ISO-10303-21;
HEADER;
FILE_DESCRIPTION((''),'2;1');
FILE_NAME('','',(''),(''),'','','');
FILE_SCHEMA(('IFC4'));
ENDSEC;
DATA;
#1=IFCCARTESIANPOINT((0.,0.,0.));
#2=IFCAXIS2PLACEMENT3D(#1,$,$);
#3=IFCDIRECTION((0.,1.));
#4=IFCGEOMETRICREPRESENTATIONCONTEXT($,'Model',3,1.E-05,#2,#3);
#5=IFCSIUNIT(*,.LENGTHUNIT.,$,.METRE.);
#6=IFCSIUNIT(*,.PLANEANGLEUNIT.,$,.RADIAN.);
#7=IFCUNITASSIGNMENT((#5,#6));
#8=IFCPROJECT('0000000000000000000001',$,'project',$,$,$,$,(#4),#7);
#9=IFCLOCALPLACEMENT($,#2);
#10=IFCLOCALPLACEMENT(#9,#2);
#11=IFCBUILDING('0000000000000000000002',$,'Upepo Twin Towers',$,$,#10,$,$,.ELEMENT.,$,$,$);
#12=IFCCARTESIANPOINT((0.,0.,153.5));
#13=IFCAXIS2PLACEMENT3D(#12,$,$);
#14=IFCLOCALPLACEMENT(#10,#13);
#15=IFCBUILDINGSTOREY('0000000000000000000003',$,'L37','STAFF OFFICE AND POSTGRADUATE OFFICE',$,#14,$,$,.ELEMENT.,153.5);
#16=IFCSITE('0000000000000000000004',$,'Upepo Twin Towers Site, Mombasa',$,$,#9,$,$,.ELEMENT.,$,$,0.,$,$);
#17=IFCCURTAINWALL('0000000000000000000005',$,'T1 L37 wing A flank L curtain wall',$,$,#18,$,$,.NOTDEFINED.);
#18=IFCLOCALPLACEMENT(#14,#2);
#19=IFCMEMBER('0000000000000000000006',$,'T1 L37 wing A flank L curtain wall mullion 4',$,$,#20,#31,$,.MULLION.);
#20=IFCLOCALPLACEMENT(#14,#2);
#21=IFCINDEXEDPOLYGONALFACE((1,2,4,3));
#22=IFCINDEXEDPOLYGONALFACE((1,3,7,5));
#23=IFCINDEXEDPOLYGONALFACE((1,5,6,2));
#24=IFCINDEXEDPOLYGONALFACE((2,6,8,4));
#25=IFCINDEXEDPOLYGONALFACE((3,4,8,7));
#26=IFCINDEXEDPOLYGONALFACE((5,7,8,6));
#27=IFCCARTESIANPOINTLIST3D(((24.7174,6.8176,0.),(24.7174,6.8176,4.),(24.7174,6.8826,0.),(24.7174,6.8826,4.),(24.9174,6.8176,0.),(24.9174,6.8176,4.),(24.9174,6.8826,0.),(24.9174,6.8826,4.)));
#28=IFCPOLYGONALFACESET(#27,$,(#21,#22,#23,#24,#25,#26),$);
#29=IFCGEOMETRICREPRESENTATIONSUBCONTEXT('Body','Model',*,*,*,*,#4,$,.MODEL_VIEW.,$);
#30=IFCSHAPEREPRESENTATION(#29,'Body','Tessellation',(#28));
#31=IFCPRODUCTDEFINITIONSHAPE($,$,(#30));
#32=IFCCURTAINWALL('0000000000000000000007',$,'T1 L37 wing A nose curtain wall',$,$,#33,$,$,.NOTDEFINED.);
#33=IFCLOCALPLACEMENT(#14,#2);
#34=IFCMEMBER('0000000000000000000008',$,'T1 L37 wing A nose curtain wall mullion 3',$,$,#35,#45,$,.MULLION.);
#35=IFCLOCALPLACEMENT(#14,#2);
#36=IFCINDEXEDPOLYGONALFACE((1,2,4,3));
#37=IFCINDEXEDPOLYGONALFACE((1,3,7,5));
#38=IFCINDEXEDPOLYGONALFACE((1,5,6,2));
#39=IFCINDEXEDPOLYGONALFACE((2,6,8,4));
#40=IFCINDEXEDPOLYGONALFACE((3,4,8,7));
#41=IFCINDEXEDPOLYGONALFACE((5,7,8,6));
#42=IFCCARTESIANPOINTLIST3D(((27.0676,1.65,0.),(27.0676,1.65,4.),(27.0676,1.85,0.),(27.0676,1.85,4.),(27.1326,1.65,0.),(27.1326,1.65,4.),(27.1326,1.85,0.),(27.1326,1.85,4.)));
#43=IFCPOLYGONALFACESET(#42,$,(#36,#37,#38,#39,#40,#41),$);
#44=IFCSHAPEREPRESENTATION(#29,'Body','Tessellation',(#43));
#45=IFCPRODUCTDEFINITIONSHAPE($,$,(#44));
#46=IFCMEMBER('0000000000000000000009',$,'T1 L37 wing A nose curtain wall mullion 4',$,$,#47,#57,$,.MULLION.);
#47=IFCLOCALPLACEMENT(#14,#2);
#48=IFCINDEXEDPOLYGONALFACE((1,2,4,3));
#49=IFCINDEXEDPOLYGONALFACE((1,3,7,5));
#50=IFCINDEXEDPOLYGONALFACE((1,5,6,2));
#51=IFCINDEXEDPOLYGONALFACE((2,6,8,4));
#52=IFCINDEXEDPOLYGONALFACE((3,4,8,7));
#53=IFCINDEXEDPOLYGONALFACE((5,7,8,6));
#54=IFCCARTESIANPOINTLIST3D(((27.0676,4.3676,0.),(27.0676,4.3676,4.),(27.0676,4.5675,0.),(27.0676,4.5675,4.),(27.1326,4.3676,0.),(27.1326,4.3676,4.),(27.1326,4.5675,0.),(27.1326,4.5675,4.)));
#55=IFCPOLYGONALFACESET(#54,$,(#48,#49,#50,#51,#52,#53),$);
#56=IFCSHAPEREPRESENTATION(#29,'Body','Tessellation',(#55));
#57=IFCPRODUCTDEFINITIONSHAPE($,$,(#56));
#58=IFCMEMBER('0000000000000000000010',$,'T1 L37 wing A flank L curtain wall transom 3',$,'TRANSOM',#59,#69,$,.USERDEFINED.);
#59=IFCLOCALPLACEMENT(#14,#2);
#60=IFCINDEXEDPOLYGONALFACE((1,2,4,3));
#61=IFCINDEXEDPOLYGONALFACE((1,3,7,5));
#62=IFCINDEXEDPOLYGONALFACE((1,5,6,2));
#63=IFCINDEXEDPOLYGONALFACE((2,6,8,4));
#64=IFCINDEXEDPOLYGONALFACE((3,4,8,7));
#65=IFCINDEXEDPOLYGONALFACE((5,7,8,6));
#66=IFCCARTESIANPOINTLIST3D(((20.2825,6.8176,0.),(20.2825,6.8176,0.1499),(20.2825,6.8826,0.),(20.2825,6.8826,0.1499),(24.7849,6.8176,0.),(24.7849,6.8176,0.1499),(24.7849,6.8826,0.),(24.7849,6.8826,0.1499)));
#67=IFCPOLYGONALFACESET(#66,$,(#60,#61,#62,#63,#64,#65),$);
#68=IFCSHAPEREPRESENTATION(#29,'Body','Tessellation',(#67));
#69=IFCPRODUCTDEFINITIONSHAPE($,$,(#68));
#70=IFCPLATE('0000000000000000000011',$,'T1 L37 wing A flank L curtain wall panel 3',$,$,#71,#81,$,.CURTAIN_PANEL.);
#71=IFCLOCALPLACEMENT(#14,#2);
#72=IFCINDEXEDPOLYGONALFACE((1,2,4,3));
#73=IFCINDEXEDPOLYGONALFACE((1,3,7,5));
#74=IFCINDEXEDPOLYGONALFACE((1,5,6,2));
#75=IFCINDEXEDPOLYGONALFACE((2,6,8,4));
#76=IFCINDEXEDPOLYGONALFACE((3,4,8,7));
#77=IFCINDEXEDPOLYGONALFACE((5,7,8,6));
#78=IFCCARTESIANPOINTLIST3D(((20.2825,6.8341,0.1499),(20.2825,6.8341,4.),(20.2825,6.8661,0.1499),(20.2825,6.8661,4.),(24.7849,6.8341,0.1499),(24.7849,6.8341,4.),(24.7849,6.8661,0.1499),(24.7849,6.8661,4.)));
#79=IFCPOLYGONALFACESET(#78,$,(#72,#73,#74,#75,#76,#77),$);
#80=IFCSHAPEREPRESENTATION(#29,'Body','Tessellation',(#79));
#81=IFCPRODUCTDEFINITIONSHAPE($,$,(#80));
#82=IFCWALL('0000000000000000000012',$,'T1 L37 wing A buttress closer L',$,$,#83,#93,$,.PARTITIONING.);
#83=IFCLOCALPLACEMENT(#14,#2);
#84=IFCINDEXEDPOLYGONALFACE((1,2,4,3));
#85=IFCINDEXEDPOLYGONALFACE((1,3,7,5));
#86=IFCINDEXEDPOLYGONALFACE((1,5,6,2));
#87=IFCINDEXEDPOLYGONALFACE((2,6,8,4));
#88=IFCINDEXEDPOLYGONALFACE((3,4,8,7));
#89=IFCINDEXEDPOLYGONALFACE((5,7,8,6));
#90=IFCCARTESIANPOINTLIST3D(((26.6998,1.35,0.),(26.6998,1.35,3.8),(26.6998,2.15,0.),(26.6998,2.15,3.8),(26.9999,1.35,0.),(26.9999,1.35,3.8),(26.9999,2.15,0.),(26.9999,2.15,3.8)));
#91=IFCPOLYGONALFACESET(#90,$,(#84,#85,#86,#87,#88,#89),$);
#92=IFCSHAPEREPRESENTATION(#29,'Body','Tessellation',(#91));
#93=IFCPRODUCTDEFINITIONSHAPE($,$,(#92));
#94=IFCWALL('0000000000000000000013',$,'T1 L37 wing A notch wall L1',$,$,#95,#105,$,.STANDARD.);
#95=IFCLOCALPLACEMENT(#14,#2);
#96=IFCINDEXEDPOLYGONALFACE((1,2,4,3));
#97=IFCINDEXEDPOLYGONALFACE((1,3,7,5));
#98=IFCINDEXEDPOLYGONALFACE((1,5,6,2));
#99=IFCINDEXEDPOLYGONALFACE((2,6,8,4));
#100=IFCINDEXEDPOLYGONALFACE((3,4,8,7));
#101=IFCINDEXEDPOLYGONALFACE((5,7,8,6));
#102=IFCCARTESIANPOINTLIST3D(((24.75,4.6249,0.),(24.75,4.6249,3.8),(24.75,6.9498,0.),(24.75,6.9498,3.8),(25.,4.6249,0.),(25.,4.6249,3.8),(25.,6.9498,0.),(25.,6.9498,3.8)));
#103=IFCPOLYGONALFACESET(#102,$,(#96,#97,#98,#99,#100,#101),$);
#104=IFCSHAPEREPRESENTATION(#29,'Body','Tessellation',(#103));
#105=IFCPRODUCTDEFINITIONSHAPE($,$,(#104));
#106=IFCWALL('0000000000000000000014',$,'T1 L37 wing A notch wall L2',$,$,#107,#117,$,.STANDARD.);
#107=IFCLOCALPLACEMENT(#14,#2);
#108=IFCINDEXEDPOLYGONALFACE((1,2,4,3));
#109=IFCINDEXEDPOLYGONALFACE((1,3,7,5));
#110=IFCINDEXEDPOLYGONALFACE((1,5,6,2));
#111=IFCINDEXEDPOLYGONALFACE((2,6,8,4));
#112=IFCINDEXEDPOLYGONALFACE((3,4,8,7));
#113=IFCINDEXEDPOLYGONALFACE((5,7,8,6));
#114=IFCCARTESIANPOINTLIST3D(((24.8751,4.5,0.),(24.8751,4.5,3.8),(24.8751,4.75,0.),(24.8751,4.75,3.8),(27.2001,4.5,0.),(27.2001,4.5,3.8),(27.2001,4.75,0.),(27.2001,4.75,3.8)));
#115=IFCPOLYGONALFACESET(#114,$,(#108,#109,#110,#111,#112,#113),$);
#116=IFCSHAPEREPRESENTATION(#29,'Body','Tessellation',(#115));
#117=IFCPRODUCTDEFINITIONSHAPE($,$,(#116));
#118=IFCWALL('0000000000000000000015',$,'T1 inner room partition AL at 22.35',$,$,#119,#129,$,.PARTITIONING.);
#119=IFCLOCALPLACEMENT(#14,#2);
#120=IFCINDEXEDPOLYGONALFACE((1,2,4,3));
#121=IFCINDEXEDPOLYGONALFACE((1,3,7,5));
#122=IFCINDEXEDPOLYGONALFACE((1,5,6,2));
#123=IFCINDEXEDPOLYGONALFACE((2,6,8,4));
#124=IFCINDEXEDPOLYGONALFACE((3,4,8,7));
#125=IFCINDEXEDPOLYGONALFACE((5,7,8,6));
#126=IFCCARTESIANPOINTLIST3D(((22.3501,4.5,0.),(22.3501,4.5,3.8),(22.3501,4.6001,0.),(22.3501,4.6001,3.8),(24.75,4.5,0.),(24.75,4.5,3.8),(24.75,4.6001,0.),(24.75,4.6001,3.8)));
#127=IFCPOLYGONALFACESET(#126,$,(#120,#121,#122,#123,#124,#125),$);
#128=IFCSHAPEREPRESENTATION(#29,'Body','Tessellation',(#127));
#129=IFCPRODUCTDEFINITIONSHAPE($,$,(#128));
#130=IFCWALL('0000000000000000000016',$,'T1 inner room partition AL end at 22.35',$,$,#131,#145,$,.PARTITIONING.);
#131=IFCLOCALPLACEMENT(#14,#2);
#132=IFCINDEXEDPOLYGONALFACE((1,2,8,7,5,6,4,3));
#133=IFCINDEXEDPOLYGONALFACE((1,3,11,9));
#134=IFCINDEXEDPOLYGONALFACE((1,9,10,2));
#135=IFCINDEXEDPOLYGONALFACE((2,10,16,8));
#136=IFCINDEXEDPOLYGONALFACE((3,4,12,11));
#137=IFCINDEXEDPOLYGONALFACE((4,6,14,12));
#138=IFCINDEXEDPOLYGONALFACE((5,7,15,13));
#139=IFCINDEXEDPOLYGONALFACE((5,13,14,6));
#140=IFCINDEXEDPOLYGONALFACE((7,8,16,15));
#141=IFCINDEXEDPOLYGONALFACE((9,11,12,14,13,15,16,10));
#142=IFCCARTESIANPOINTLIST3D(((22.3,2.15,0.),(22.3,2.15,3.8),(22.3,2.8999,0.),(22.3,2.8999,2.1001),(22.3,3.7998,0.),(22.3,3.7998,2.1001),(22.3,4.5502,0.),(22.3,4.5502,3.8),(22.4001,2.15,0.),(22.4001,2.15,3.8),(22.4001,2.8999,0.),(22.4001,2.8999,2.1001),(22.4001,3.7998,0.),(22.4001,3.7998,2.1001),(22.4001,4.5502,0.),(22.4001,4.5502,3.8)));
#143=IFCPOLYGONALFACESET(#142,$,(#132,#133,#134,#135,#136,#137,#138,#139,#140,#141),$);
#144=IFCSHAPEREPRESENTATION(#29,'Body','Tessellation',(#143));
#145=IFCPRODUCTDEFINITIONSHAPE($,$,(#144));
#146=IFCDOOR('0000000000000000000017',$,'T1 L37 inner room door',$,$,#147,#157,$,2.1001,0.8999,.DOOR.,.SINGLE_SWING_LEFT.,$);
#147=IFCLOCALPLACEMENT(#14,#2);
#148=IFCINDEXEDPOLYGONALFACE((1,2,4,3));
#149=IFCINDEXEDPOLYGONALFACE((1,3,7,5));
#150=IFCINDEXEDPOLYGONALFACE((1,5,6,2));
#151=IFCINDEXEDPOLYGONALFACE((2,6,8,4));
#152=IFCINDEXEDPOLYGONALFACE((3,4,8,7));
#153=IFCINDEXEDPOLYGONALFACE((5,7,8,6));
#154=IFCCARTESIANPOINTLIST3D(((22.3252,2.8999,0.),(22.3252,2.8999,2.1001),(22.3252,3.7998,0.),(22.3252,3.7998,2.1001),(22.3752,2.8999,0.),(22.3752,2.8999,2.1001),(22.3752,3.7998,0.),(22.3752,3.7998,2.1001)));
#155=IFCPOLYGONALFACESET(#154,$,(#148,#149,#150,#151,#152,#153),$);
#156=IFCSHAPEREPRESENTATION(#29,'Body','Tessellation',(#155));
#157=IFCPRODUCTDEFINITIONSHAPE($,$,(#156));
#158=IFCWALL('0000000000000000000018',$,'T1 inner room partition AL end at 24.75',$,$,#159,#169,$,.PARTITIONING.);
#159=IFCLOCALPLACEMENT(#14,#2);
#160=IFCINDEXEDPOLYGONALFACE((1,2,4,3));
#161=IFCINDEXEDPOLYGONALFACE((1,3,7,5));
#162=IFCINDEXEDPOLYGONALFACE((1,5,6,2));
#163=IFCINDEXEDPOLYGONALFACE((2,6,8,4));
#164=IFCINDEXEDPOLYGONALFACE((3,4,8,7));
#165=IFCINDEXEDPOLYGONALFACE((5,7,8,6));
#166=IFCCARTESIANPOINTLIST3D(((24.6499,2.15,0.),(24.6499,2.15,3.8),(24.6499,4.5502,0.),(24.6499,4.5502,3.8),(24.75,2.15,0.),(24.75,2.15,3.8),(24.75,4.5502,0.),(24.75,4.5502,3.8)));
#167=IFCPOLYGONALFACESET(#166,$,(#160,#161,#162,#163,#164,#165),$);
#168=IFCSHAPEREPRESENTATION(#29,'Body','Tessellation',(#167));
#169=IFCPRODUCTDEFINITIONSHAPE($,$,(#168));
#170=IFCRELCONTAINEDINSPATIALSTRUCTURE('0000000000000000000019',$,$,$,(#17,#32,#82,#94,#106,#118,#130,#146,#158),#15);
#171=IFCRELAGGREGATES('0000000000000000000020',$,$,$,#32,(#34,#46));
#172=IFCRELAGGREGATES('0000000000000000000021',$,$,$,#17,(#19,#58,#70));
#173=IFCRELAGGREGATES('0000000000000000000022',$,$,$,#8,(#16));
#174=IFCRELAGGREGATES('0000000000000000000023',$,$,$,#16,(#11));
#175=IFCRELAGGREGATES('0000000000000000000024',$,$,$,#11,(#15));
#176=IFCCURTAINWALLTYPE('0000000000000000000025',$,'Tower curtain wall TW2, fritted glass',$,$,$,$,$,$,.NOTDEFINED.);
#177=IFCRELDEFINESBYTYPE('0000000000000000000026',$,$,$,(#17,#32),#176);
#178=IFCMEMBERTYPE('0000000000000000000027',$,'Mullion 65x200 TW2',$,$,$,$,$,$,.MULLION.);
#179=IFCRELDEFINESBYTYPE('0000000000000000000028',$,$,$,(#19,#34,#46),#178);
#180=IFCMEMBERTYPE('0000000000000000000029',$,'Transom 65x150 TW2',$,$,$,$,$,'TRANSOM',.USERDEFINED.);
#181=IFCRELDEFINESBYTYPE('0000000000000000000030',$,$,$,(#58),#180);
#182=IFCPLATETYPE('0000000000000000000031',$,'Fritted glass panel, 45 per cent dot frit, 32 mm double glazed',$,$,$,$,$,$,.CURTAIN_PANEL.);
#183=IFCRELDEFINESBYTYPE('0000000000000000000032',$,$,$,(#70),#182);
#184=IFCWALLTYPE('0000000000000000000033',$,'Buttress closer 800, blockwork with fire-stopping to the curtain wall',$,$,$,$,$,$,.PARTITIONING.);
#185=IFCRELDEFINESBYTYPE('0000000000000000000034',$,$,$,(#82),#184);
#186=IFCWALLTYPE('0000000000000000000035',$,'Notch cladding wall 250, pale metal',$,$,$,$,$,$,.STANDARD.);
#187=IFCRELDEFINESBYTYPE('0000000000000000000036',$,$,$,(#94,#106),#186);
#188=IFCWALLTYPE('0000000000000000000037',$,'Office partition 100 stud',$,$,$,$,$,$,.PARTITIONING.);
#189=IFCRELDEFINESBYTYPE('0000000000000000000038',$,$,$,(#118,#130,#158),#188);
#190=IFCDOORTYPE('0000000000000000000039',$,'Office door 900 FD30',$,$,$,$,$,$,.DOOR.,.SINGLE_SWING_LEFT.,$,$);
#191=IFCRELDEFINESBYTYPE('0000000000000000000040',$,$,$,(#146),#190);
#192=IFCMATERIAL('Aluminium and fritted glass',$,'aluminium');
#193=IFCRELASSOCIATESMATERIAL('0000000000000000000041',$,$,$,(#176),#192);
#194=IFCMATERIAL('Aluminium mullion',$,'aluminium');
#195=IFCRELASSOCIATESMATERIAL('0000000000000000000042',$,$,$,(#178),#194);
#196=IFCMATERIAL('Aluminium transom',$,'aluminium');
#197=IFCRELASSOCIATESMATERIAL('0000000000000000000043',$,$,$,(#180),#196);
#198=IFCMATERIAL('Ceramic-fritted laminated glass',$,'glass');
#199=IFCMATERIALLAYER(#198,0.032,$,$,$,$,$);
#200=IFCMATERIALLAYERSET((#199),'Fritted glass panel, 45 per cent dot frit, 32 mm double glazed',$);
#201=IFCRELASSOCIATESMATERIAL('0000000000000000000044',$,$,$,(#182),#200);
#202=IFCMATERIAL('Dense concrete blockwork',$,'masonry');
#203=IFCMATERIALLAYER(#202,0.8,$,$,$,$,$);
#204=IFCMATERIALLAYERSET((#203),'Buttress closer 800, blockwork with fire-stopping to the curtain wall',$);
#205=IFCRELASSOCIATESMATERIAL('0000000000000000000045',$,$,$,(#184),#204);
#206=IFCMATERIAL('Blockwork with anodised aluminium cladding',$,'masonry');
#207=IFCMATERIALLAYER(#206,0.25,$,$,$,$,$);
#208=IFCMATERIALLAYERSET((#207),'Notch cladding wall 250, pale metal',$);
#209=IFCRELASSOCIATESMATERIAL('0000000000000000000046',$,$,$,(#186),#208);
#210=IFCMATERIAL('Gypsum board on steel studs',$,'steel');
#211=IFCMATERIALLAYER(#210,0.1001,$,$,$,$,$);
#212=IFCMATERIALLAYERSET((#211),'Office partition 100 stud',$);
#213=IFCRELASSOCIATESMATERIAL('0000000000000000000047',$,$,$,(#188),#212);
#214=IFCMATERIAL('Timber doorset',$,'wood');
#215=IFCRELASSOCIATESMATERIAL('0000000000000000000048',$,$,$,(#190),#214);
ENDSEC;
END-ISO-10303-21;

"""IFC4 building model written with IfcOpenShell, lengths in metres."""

from ifc_helpers import new_model, si_unit, direction, frame, frame_2d, origin, origin_2d, place, context, subcontext, project, spatial, rectangle, extrude, material, layer, layer_set, material_profile, profile_set, type_object, element, fill, aggregate, save


model = new_model("IFC4")

# Units and contexts
model_context = context("Model", 3, precision=1e-05, world=origin(), true_north=direction((0.0, 1.0)))
body_context = subcontext(model_context, "Body", "Model", "MODEL_VIEW")
ifc_project = project(units=[si_unit("LENGTHUNIT", "METRE"), si_unit("PLANEANGLEUNIT", "RADIAN")], contexts=[model_context])

# Site, building, storey
site_placement = place(None, origin())
site = spatial("IfcSite", under=ifc_project, at=site_placement, Name="Upepo Twin Towers Site, Mombasa", CompositionType="ELEMENT", RefElevation=0.0)
building_placement = place(site_placement, origin())
building = spatial("IfcBuilding", under=site, at=building_placement, Name="Upepo Twin Towers", CompositionType="ELEMENT")
storey_placement = place(building_placement, frame((0.0, 0.0, 153.5)))
storey = spatial("IfcBuildingStorey", under=building, at=storey_placement, Name="L37", Description="STAFF OFFICE AND POSTGRADUATE OFFICE", CompositionType="ELEMENT", Elevation=153.5)

# Curtain walls, members
ifc_material_1 = material(Name="Aluminium and fritted glass", Category="aluminium")
curtain_wall_type = type_object("IfcCurtainWallType", Name="Tower curtain wall TW2, fritted glass", PredefinedType="NOTDEFINED", material=ifc_material_1)
curtain_wall_1_placement = place(storey_placement, origin())
curtain_wall_1 = element("IfcCurtainWall", 1, at=curtain_wall_1_placement, inside=storey, type_object=curtain_wall_type, Name="T1 L37 wing A flank L curtain wall", PredefinedType="NOTDEFINED")
ifc_material_2 = material(Name="Aluminium mullion", Category="aluminium")
ifc_material_profile_1 = material_profile(ifc_material_2, rectangle(XDim=0.0649, YDim=0.2, at=origin_2d()), Name="MULLION 65x200")
ifc_profile_set_1 = profile_set([ifc_material_profile_1], Name="Aluminium mullion")
member_type_1 = type_object("IfcMemberType", Name="Mullion 65x200 TW2", PredefinedType="MULLION", material=ifc_profile_set_1)
member_1_placement = place(storey_placement, frame((24.8174, 6.8501, 0.0), z_axis=(0.0, 0.0, 1.0), x_axis=(0.0, 1.0, 0.0)))
member_1 = element("IfcMember", 2, at=member_1_placement, type_object=member_type_1, Name="T1 L37 wing A flank L curtain wall mullion 4", PredefinedType="MULLION", context=body_context, shape_type="SweptSolid", body=[
    extrude(rectangle(XDim=0.0649, YDim=0.2, at=origin_2d()), origin(), (0.0, 0.0, 1.0), 4.0),
])
curtain_wall_2_placement = place(storey_placement, origin())
curtain_wall_2 = element("IfcCurtainWall", 3, at=curtain_wall_2_placement, inside=storey, type_object=curtain_wall_type, Name="T1 L37 wing A nose curtain wall", PredefinedType="NOTDEFINED")
member_2_placement = place(storey_placement, frame((27.1001, 1.75, 0.0), z_axis=(0.0, 0.0, 1.0), x_axis=(-1.0, 0.0, 0.0)))
member_2 = element("IfcMember", 4, at=member_2_placement, type_object=member_type_1, Name="T1 L37 wing A nose curtain wall mullion 3", PredefinedType="MULLION", context=body_context, shape_type="SweptSolid", body=[
    extrude(rectangle(XDim=0.0649, YDim=0.2, at=origin_2d()), origin(), (0.0, 0.0, 1.0), 4.0),
])
member_3_placement = place(storey_placement, frame((27.1001, 4.4675, 0.0), z_axis=(0.0, 0.0, 1.0), x_axis=(-1.0, 0.0, 0.0)))
member_3 = element("IfcMember", 5, at=member_3_placement, type_object=member_type_1, Name="T1 L37 wing A nose curtain wall mullion 4", PredefinedType="MULLION", context=body_context, shape_type="SweptSolid", body=[
    extrude(rectangle(XDim=0.0649, YDim=0.2, at=origin_2d()), origin(), (0.0, 0.0, 1.0), 4.0),
])
aggregate(curtain_wall_2, [member_2, member_3])

# Member
ifc_material_3 = material(Name="Aluminium transom", Category="aluminium")
ifc_material_profile_2 = material_profile(ifc_material_3, rectangle(XDim=0.0649, YDim=0.1499, at=origin_2d()), Name="TRANSOM 65x150")
ifc_profile_set_2 = profile_set([ifc_material_profile_2], Name="Aluminium transom")
member_type_2 = type_object("IfcMemberType", Name="Transom 65x150 TW2", ElementType="TRANSOM", PredefinedType="USERDEFINED", material=ifc_profile_set_2)
member_4_placement = place(storey_placement, frame((20.2825, 6.8501, 0.075), z_axis=(1.0, 0.0, 0.0), x_axis=(0.0, 1.0, 0.0)))
member_4 = element("IfcMember", 6, at=member_4_placement, type_object=member_type_2, Name="T1 L37 wing A flank L curtain wall transom 3", ObjectType="TRANSOM", PredefinedType="USERDEFINED", context=body_context, shape_type="SweptSolid", body=[
    extrude(rectangle(XDim=0.0649, YDim=0.1499, at=origin_2d()), origin(), (0.0, 0.0, 1.0), 4.5024),
])

# Plate
ifc_material_4 = material(Name="Ceramic-fritted laminated glass", Category="glass")
ifc_layer_1 = layer(ifc_material_4, 0.032)
ifc_layer_set_1 = layer_set([ifc_layer_1], Name="Fritted glass panel, 45 per cent dot frit, 32 mm double glazed")
plate_type = type_object("IfcPlateType", Name="Fritted glass panel, 45 per cent dot frit, 32 mm double glazed", PredefinedType="CURTAIN_PANEL", material=ifc_layer_set_1)
plate_placement = place(storey_placement, frame((22.5337, 6.8501, 0.1499), z_axis=(0.0, 0.0, 1.0), x_axis=(1.0, 0.0, 0.0)))
plate = element("IfcPlate", 7, at=plate_placement, type_object=plate_type, Name="T1 L37 wing A flank L curtain wall panel 3", PredefinedType="CURTAIN_PANEL", context=body_context, shape_type="SweptSolid", body=[
    extrude(rectangle(XDim=4.5024, YDim=0.032, at=origin_2d()), origin(), (0.0, 0.0, 1.0), 3.8501),
])
aggregate(curtain_wall_1, [member_1, member_4, plate])

# Walls
ifc_material_5 = material(Name="Dense concrete blockwork", Category="masonry")
ifc_layer_2 = layer(ifc_material_5, 0.8)
ifc_layer_set_2 = layer_set([ifc_layer_2], Name="Buttress closer 800, blockwork with fire-stopping to the curtain wall")
wall_type_1 = type_object("IfcWallType", Name="Buttress closer 800, blockwork with fire-stopping to the curtain wall", PredefinedType="PARTITIONING", material=ifc_layer_set_2)
wall_1_placement = place(storey_placement, frame((26.7, 1.75, 0.0), z_axis=(0.0, 0.0, 1.0), x_axis=(1.0, 0.0, 0.0)))
element("IfcWall", 8, at=wall_1_placement, inside=storey, type_object=wall_type_1, Name="T1 L37 wing A buttress closer L", PredefinedType="PARTITIONING", context=body_context, shape_type="SweptSolid", body=[
    extrude(rectangle(XDim=0.3, YDim=0.8, at=frame_2d((0.1499, 0.0))), origin(), (0.0, 0.0, 1.0), 3.8),
])
ifc_material_6 = material(Name="Blockwork with anodised aluminium cladding", Category="masonry")
ifc_layer_3 = layer(ifc_material_6, 0.25)
ifc_layer_set_3 = layer_set([ifc_layer_3], Name="Notch cladding wall 250, pale metal")
wall_type_2 = type_object("IfcWallType", Name="Notch cladding wall 250, pale metal", PredefinedType="STANDARD", material=ifc_layer_set_3)
for number, where, z_axis, x_axis, name in (
    (9, (24.875, 6.95, 0.0), (0.0, 0.0, 1.0), (0.0, -1.0, 0.0), "T1 L37 wing A notch wall L1"),
    (10, (24.875, 4.625, 0.0), (0.0, 0.0, 1.0), (1.0, 0.0, 0.0), "T1 L37 wing A notch wall L2"),
):
    element("IfcWall", number, at=place(storey_placement, frame(where, z_axis=z_axis, x_axis=x_axis)), inside=storey, type_object=wall_type_2, Name=name, PredefinedType="STANDARD", context=body_context, shape_type="SweptSolid", body=[
        extrude(rectangle(XDim=2.325, YDim=0.25, at=frame_2d((1.1626, 0.0))), origin(), (0.0, 0.0, 1.0), 3.8),
    ])
ifc_material_7 = material(Name="Gypsum board on steel studs", Category="steel")
ifc_layer_4 = layer(ifc_material_7, 0.1001)
ifc_layer_set_4 = layer_set([ifc_layer_4], Name="Office partition 100 stud")
wall_type_3 = type_object("IfcWallType", Name="Office partition 100 stud", PredefinedType="PARTITIONING", material=ifc_layer_set_4)
wall_2_placement = place(storey_placement, frame((22.3501, 4.55, 0.0), z_axis=(0.0, 0.0, 1.0), x_axis=(1.0, 0.0, 0.0)))
element("IfcWall", 11, at=wall_2_placement, inside=storey, type_object=wall_type_3, Name="T1 inner room partition AL at 22.35", PredefinedType="PARTITIONING", context=body_context, shape_type="SweptSolid", body=[
    extrude(rectangle(XDim=2.3999, YDim=0.1001, at=frame_2d((1.2, 0.0))), origin(), (0.0, 0.0, 1.0), 3.8),
])

# Wall, opening, door
wall_3_placement = place(storey_placement, frame((22.3501, 2.1499, 0.0), z_axis=(0.0, 0.0, 1.0), x_axis=(0.0, 1.0, 0.0)))
wall_3 = element("IfcWall", 12, at=wall_3_placement, inside=storey, type_object=wall_type_3, Name="T1 inner room partition AL end at 22.35", PredefinedType="PARTITIONING", context=body_context, shape_type="SweptSolid", body=[
    extrude(rectangle(XDim=2.4001, YDim=0.1001, at=frame_2d((1.2002, 0.0))), origin(), (0.0, 0.0, 1.0), 3.8),
])
opening_placement = place(wall_3_placement, frame((0.75, 0.0, 0.0)))
opening = element("IfcOpeningElement", 13, at=opening_placement, cuts=wall_3, PredefinedType="OPENING", context=body_context, shape_type="SweptSolid", body=[
    extrude(rectangle(XDim=0.8999, YDim=2.1001, at=frame_2d((0.45, 1.05))), frame((0.0, 0.0601, 0.0), z_axis=(0.0, -1.0, 0.0), x_axis=(1.0, 0.0, 0.0)), (0.0, 0.0, 1.0), 0.1201),
])
ifc_material_8 = material(Name="Timber doorset", Category="wood")
door_type = type_object("IfcDoorType", Name="Office door 900 FD30", OperationType="SINGLE_SWING_LEFT", PredefinedType="DOOR", material=ifc_material_8)
door_placement = place(opening_placement, origin())
door = element("IfcDoor", 14, at=door_placement, inside=storey, type_object=door_type, Name="T1 L37 inner room door", OperationType="SINGLE_SWING_LEFT", OverallHeight=2.1001, OverallWidth=0.8999, PredefinedType="DOOR", context=body_context, shape_type="SweptSolid", body=[
    extrude(rectangle(XDim=0.8999, YDim=2.1001, at=frame_2d((0.45, 1.05))), frame((0.0, 0.0249, 0.0), z_axis=(0.0, -1.0, 0.0), x_axis=(1.0, 0.0, 0.0)), (0.0, 0.0, 1.0), 0.05),
])
fill(opening, door)

# Wall
wall_4_placement = place(storey_placement, frame((24.7, 2.1499, 0.0), z_axis=(0.0, 0.0, 1.0), x_axis=(0.0, 1.0, 0.0)))
element("IfcWall", 15, at=wall_4_placement, inside=storey, type_object=wall_type_3, Name="T1 inner room partition AL end at 24.75", PredefinedType="PARTITIONING", context=body_context, shape_type="SweptSolid", body=[
    extrude(rectangle(XDim=2.4001, YDim=0.1001, at=frame_2d((1.2002, 0.0))), origin(), (0.0, 0.0, 1.0), 3.8),
])

save(model, "model.ifc")
